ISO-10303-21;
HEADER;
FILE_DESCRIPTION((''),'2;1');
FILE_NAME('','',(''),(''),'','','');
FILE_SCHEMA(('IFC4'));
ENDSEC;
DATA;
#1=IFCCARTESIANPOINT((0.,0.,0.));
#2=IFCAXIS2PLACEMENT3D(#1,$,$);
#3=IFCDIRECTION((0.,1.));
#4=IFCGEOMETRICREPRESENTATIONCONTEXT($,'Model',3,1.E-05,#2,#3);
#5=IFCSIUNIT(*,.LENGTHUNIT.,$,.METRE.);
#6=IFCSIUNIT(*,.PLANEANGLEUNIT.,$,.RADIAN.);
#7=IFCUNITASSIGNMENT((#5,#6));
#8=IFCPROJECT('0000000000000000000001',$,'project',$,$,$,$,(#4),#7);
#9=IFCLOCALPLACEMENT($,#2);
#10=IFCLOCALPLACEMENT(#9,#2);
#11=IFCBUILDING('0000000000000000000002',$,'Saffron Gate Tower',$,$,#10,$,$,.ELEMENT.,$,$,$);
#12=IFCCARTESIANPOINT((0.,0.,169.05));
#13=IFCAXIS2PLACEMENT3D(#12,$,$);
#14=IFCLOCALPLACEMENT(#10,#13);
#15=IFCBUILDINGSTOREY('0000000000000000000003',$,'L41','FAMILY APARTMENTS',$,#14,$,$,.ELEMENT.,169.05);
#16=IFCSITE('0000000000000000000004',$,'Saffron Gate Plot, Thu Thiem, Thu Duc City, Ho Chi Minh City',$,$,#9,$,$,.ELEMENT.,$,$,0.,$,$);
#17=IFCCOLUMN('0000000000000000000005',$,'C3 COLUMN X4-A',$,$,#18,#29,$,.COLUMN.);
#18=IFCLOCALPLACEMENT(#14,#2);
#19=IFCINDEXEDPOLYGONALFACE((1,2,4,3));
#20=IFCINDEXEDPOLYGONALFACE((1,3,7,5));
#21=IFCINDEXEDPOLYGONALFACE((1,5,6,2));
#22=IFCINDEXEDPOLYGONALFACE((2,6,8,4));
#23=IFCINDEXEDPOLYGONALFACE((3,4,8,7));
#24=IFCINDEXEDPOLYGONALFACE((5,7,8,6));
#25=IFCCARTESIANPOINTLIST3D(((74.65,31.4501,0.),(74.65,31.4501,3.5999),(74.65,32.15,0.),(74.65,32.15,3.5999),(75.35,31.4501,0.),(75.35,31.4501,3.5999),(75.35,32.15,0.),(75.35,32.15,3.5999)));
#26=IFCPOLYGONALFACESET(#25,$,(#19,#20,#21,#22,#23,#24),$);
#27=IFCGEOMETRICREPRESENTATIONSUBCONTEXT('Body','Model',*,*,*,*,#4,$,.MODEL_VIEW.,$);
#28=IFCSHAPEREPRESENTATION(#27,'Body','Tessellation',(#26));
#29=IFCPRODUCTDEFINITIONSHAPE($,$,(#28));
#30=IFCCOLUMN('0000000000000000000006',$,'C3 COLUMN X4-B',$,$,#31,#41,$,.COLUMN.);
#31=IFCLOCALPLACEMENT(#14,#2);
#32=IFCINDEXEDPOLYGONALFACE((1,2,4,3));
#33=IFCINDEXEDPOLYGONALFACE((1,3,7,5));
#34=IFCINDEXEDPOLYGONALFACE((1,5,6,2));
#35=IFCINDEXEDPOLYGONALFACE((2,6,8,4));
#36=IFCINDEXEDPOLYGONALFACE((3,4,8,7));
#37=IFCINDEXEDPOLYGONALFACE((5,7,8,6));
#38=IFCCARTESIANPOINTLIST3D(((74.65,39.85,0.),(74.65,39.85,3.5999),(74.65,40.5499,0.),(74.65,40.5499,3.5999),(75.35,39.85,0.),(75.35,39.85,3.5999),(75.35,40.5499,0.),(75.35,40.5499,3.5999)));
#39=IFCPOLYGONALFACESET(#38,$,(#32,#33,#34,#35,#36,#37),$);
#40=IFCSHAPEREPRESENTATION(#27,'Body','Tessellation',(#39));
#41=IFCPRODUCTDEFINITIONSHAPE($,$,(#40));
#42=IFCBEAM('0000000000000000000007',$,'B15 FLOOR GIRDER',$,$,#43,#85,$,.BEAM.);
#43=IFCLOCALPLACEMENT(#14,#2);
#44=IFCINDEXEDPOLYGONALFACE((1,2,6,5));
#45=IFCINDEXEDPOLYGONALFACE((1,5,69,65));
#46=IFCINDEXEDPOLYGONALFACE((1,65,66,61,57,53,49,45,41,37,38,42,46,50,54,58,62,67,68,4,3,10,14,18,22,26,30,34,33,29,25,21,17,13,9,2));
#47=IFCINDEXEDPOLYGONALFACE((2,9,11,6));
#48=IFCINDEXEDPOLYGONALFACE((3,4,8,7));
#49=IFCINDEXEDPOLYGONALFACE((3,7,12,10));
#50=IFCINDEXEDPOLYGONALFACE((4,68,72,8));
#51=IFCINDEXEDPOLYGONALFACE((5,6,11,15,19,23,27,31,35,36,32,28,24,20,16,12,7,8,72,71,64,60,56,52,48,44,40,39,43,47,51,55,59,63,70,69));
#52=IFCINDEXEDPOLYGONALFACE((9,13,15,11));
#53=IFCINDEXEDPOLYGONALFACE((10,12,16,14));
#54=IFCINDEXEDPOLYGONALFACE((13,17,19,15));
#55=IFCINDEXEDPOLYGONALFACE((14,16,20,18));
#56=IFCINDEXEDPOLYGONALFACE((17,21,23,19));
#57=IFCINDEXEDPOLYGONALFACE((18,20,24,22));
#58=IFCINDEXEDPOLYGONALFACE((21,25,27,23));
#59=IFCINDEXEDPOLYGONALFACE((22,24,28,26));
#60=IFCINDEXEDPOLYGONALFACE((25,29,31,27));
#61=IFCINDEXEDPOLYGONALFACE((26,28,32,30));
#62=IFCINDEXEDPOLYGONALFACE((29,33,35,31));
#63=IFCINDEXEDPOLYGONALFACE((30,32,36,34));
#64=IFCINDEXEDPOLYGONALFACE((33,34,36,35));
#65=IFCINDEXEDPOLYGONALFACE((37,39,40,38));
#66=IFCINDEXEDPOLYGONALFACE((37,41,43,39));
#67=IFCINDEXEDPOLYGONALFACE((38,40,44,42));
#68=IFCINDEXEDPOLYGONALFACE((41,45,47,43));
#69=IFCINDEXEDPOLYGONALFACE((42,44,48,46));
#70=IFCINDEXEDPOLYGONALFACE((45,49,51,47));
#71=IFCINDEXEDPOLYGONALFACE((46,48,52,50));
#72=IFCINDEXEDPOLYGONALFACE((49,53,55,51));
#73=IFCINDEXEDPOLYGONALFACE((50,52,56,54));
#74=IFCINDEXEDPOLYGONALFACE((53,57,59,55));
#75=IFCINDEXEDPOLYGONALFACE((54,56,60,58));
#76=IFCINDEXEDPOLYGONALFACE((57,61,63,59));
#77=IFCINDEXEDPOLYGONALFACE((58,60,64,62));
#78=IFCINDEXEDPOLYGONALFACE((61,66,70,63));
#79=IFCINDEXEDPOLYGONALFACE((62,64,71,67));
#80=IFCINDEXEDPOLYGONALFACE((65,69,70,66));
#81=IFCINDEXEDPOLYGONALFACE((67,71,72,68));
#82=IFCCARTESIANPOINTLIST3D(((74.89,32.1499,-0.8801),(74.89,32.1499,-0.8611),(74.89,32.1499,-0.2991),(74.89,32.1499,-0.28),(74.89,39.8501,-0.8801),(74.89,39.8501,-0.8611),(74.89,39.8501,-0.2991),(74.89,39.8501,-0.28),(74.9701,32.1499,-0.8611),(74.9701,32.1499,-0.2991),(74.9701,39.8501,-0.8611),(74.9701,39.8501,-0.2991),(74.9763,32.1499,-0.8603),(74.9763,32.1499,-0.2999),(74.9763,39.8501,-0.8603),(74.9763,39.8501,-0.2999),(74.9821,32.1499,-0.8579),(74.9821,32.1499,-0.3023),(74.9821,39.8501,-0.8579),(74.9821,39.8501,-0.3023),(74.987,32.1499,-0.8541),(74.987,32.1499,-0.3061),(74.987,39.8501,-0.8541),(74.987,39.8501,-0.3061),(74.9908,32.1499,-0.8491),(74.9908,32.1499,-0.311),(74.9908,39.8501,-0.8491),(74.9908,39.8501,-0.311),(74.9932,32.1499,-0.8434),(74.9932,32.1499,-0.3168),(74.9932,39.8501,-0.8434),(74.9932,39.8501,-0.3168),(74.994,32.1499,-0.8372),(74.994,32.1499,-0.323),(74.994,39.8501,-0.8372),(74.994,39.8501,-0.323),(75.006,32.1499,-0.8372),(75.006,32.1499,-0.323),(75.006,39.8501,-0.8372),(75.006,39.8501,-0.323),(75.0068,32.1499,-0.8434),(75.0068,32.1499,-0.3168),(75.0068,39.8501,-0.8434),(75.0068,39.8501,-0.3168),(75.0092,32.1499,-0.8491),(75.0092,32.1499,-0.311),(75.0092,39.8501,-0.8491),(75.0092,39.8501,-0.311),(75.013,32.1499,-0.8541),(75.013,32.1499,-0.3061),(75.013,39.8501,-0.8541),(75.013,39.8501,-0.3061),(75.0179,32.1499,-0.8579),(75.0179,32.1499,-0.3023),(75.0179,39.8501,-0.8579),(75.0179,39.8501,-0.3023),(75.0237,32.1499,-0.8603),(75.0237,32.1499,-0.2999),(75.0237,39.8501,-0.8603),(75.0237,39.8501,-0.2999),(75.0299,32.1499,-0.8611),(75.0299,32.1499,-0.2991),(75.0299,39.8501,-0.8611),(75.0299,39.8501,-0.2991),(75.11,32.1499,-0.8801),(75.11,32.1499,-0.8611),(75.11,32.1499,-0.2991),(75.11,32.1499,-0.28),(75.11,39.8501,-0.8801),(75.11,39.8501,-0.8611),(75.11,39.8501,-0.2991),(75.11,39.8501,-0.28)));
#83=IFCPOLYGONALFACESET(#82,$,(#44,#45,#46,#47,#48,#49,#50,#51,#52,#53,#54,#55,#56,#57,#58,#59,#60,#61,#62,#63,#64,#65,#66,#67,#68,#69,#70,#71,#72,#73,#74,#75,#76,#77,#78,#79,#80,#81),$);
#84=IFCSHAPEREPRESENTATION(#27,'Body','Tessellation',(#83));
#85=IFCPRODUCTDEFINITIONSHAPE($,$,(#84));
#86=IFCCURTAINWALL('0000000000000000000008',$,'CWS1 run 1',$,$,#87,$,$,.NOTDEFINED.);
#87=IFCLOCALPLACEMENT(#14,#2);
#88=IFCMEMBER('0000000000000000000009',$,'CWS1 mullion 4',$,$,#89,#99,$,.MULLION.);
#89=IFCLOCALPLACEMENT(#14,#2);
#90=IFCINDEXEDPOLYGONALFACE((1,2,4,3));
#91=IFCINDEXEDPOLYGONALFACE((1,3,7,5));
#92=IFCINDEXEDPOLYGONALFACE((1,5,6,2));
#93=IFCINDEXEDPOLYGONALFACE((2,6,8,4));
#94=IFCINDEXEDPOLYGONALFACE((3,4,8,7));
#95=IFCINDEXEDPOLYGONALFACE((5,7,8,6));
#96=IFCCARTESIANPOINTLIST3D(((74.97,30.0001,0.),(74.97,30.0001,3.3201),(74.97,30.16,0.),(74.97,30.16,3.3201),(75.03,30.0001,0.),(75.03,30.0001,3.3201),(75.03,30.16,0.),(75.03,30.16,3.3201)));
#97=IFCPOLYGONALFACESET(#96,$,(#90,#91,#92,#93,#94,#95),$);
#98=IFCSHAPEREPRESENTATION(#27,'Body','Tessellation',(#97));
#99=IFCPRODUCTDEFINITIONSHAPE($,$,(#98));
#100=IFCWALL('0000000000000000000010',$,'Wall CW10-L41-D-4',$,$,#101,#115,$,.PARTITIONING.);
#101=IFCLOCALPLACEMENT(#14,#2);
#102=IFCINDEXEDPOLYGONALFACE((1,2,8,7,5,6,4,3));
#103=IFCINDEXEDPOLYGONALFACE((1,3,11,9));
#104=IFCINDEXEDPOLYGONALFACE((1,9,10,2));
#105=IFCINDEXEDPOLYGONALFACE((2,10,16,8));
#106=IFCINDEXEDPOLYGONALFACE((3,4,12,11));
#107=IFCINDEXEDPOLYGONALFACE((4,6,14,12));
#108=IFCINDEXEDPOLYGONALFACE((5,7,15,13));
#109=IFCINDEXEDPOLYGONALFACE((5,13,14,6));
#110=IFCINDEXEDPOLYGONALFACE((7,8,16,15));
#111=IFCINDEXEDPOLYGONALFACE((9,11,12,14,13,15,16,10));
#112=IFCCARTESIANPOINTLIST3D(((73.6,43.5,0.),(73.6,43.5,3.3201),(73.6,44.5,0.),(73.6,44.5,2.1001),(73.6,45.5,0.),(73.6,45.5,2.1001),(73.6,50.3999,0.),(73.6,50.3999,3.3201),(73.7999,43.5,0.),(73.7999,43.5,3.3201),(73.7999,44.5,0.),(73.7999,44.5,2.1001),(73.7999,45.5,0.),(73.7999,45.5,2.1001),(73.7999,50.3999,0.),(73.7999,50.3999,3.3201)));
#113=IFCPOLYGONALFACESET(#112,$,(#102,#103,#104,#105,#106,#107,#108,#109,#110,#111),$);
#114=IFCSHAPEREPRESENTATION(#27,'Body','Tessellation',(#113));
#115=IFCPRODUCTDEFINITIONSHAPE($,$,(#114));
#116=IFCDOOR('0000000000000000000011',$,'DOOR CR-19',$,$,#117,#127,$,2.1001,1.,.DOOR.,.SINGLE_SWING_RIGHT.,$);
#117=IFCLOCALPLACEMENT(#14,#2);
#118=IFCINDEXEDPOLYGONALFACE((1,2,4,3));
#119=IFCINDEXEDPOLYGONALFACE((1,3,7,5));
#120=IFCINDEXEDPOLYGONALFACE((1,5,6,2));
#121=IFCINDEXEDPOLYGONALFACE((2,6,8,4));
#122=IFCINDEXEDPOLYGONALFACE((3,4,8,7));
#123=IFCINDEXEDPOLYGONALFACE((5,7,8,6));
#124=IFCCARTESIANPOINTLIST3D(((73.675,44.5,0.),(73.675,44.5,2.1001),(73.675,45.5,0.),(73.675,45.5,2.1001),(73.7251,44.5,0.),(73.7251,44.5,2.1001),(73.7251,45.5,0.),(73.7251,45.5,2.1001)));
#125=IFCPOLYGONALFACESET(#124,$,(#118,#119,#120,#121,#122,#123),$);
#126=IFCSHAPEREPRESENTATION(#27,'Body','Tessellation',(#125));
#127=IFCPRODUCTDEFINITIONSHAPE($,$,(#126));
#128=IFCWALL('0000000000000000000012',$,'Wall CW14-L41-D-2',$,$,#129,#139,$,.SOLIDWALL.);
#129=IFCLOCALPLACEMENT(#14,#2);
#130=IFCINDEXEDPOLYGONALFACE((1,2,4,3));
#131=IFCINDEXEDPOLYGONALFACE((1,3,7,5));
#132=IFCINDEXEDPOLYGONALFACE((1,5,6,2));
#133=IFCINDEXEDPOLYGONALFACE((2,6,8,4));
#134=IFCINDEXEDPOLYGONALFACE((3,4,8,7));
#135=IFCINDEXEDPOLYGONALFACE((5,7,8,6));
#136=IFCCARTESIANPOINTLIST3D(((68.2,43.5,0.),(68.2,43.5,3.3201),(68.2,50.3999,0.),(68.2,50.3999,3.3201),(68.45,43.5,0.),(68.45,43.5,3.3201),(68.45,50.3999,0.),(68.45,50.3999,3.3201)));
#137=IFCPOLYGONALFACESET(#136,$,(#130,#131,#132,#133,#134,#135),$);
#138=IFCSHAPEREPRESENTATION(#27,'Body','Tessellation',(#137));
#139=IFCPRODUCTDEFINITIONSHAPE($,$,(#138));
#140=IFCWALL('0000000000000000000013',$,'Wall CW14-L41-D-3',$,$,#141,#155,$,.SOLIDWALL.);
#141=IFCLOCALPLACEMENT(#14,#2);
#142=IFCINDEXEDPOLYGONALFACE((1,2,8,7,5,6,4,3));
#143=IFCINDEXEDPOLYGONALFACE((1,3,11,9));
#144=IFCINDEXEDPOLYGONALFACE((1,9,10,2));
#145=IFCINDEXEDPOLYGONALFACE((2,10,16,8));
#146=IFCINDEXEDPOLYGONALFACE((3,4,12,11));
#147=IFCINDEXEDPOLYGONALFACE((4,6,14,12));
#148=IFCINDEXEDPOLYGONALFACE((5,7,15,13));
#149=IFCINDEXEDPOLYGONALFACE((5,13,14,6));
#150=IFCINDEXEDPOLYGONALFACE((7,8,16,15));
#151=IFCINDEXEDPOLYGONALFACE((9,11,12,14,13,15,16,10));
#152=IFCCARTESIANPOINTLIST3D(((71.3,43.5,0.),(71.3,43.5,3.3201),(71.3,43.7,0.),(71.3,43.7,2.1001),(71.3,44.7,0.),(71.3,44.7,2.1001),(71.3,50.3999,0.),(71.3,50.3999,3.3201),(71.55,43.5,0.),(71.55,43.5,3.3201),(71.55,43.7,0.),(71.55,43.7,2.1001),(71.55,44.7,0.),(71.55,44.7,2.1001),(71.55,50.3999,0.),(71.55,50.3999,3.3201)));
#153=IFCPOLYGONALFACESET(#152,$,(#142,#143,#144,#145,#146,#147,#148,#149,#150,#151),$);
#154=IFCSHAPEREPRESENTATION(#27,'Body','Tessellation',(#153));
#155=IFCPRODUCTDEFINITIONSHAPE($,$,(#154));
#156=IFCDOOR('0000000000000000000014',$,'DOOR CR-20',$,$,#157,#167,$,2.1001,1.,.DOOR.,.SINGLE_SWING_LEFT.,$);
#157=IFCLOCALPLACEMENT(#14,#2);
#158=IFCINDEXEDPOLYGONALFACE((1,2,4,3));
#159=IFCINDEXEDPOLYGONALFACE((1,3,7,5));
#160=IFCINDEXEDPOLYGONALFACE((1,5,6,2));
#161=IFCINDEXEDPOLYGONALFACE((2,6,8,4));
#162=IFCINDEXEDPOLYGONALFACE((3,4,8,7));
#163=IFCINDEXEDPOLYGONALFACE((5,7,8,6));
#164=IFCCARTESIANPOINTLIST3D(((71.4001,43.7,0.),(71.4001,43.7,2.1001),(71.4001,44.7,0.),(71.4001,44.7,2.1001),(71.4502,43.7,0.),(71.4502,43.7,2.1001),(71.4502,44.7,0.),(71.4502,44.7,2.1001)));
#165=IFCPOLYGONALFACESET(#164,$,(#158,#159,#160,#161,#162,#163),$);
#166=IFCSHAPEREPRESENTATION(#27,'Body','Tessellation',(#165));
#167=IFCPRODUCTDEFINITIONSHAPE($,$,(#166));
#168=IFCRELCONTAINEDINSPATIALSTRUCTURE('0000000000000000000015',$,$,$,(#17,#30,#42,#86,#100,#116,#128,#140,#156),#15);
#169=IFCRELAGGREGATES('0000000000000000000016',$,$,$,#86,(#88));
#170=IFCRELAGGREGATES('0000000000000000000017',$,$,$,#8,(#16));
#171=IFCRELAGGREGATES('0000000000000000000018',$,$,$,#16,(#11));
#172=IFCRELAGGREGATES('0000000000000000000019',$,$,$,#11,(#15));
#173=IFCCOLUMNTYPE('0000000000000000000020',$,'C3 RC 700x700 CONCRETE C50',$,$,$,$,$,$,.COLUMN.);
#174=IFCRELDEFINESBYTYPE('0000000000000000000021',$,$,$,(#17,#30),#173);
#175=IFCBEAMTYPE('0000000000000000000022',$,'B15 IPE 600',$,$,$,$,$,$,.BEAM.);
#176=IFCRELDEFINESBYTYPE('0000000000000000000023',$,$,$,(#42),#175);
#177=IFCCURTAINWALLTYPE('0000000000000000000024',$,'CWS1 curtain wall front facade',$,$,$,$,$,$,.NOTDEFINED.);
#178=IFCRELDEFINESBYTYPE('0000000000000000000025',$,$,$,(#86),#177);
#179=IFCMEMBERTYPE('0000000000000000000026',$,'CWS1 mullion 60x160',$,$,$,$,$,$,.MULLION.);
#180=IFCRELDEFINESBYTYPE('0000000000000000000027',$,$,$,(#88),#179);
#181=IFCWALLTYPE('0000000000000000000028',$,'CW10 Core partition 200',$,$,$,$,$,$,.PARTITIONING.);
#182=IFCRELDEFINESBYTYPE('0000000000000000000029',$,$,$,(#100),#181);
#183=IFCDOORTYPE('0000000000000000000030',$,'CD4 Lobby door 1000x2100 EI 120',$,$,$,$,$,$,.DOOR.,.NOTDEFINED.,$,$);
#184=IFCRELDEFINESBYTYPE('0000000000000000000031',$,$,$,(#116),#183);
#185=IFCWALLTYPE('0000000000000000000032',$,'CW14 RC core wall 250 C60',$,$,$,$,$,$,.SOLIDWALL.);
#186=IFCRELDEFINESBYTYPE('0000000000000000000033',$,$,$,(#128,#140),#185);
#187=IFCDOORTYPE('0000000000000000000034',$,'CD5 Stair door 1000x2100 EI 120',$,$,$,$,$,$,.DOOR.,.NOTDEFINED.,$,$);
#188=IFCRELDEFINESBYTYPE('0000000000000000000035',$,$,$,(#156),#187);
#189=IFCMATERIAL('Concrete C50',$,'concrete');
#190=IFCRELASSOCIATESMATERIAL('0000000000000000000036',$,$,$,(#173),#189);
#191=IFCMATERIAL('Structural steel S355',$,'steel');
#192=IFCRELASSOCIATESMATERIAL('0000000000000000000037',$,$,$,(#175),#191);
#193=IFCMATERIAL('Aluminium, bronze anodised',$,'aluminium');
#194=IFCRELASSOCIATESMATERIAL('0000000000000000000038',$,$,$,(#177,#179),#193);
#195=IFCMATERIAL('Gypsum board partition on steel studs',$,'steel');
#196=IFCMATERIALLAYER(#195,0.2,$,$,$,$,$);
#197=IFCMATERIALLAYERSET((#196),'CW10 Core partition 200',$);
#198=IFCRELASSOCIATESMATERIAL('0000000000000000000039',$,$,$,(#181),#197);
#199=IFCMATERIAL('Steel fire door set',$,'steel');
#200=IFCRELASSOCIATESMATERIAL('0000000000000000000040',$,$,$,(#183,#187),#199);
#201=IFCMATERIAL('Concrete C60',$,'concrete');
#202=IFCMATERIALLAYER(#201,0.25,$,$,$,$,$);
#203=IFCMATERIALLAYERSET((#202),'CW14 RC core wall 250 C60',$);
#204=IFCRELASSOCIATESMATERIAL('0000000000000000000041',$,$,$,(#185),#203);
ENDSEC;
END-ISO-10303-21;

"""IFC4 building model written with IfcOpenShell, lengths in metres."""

from ifc_helpers import new_model, si_unit, direction, frame, frame_2d, origin, origin_2d, place, context, subcontext, project, spatial, rectangle, i_section, extrude, material, layer, layer_set, material_profile, profile_set, type_object, element, fill, aggregate, save


model = new_model("IFC4")

# Units and contexts
model_context = context("Model", 3, precision=1e-05, world=origin(), true_north=direction((0.0, 1.0)))
body_context = subcontext(model_context, "Body", "Model", "MODEL_VIEW")
ifc_project = project(units=[si_unit("LENGTHUNIT", "METRE"), si_unit("PLANEANGLEUNIT", "RADIAN")], contexts=[model_context])

# Site, building, storey
site_placement = place(None, origin())
site = spatial("IfcSite", under=ifc_project, at=site_placement, Name="Saffron Gate Plot, Thu Thiem, Thu Duc City, Ho Chi Minh City", CompositionType="ELEMENT", RefElevation=0.0)
building_placement = place(site_placement, origin())
building = spatial("IfcBuilding", under=site, at=building_placement, Name="Saffron Gate Tower", CompositionType="ELEMENT")
storey_placement = place(building_placement, frame((0.0, 0.0, 169.05)))
storey = spatial("IfcBuildingStorey", under=building, at=storey_placement, Name="L41", Description="FAMILY APARTMENTS", CompositionType="ELEMENT", Elevation=169.05)

# Columns
ifc_material_1 = material(Name="Concrete C50", Category="concrete")
ifc_material_profile_1 = material_profile(ifc_material_1, rectangle(XDim=0.7, YDim=0.7, at=origin_2d()))
ifc_profile_set_1 = profile_set([ifc_material_profile_1], Name="Concrete C50")
column_type = type_object("IfcColumnType", Name="C3 RC 700x700 CONCRETE C50", PredefinedType="COLUMN", material=ifc_profile_set_1)
for number, where, z_axis, x_axis, name in (
    (1, (75.0, 31.8, 0.0), (0.0, 0.0, 1.0), (1.0, 0.0, 0.0), "C3 COLUMN X4-A"),
    (2, (75.0, 40.2, 0.0), (0.0, 0.0, 1.0), (1.0, 0.0, 0.0), "C3 COLUMN X4-B"),
):
    element("IfcColumn", number, at=place(storey_placement, frame(where, z_axis=z_axis, x_axis=x_axis)), inside=storey, type_object=column_type, Name=name, PredefinedType="COLUMN", context=body_context, shape_type="SweptSolid", body=[
        extrude(rectangle(XDim=0.7, YDim=0.7, at=origin_2d()), origin(), (0.0, 0.0, 1.0), 3.5999),
    ])

# Beam
ifc_material_2 = material(Name="Structural steel S355", Category="steel")
ifc_material_profile_2 = material_profile(ifc_material_2, i_section(OverallWidth=0.22, OverallDepth=0.6001, WebThickness=0.012, FlangeThickness=0.019, FilletRadius=0.0239, at=origin_2d()))
ifc_profile_set_2 = profile_set([ifc_material_profile_2], Name="Structural steel S355")
beam_type = type_object("IfcBeamType", Name="B15 IPE 600", PredefinedType="BEAM", material=ifc_profile_set_2)
beam_placement = place(storey_placement, frame((75.0, 32.1499, -0.5801), z_axis=(0.0, 1.0, 0.0), x_axis=(-1.0, 0.0, 0.0)))
element("IfcBeam", 3, at=beam_placement, inside=storey, type_object=beam_type, Name="B15 FLOOR GIRDER", PredefinedType="BEAM", context=body_context, shape_type="SweptSolid", body=[
    extrude(i_section(OverallWidth=0.22, OverallDepth=0.6001, WebThickness=0.012, FlangeThickness=0.019, FilletRadius=0.0239, at=origin_2d()), origin(), (0.0, 0.0, 1.0), 7.7002),
])

# Curtain wall, member
ifc_material_3 = material(Name="Aluminium, bronze anodised", Category="aluminium")
curtain_wall_type = type_object("IfcCurtainWallType", Name="CWS1 curtain wall front facade", PredefinedType="NOTDEFINED", material=ifc_material_3)
curtain_wall_placement = place(storey_placement, origin())
curtain_wall = element("IfcCurtainWall", 4, at=curtain_wall_placement, inside=storey, type_object=curtain_wall_type, Name="CWS1 run 1", PredefinedType="NOTDEFINED")
ifc_material_profile_3 = material_profile(ifc_material_3, rectangle(XDim=0.1599, YDim=0.0601, at=origin_2d()))
ifc_profile_set_3 = profile_set([ifc_material_profile_3], Name="Aluminium, bronze anodised")
member_type = type_object("IfcMemberType", Name="CWS1 mullion 60x160", PredefinedType="MULLION", material=ifc_profile_set_3)
member_placement = place(storey_placement, frame((75.0, 30.0801, 0.0), z_axis=(0.0, 0.0, 1.0), x_axis=(0.0, 1.0, 0.0)))
member = element("IfcMember", 5, at=member_placement, type_object=member_type, Name="CWS1 mullion 4", PredefinedType="MULLION", context=body_context, shape_type="SweptSolid", body=[
    extrude(rectangle(XDim=0.1599, YDim=0.0601, at=origin_2d()), origin(), (0.0, 0.0, 1.0), 3.3201),
])
aggregate(curtain_wall, [member])

# Wall, opening, door
ifc_material_4 = material(Name="Gypsum board partition on steel studs", Category="steel")
ifc_layer_1 = layer(ifc_material_4, 0.2)
ifc_layer_set_1 = layer_set([ifc_layer_1], Name="CW10 Core partition 200")
wall_type_1 = type_object("IfcWallType", Name="CW10 Core partition 200", PredefinedType="PARTITIONING", material=ifc_layer_set_1)
wall_1_placement = place(storey_placement, frame((73.7, 43.5, 0.0), z_axis=(0.0, 0.0, 1.0), x_axis=(0.0, 1.0, 0.0)))
wall_1 = element("IfcWall", 6, at=wall_1_placement, inside=storey, type_object=wall_type_1, Name="Wall CW10-L41-D-4", PredefinedType="PARTITIONING", context=body_context, shape_type="SweptSolid", body=[
    extrude(rectangle(XDim=6.8999, YDim=0.2, at=frame_2d((3.45, 0.0))), origin(), (0.0, 0.0, 1.0), 3.3201),
])
opening_1_placement = place(wall_1_placement, frame((1.0, 0.0, 0.0)))
opening_1 = element("IfcOpeningElement", 7, at=opening_1_placement, cuts=wall_1, PredefinedType="OPENING", context=body_context, shape_type="SweptSolid", body=[
    extrude(rectangle(XDim=1.0, YDim=2.1001, at=frame_2d((0.5, 1.05))), frame((0.0, 0.1099, 0.0), z_axis=(0.0, -1.0, 0.0), x_axis=(1.0, 0.0, 0.0)), (0.0, 0.0, 1.0), 0.22),
])
ifc_material_5 = material(Name="Steel fire door set", Category="steel")
door_type_1 = type_object("IfcDoorType", Name="CD4 Lobby door 1000x2100 EI 120", OperationType="NOTDEFINED", PredefinedType="DOOR", material=ifc_material_5)
door_1_placement = place(opening_1_placement, origin())
door_1 = element("IfcDoor", 8, at=door_1_placement, inside=storey, type_object=door_type_1, Name="DOOR CR-19", OperationType="SINGLE_SWING_RIGHT", OverallHeight=2.1001, OverallWidth=1.0, PredefinedType="DOOR", context=body_context, shape_type="SweptSolid", body=[
    extrude(rectangle(XDim=1.0, YDim=2.1001, at=frame_2d((0.5, 1.05))), frame((0.0, 0.0249, 0.0), z_axis=(0.0, -1.0, 0.0), x_axis=(1.0, 0.0, 0.0)), (0.0, 0.0, 1.0), 0.05),
])
fill(opening_1, door_1)

# Wall
ifc_material_6 = material(Name="Concrete C60", Category="concrete")
ifc_layer_2 = layer(ifc_material_6, 0.25)
ifc_layer_set_2 = layer_set([ifc_layer_2], Name="CW14 RC core wall 250 C60")
wall_type_2 = type_object("IfcWallType", Name="CW14 RC core wall 250 C60", PredefinedType="SOLIDWALL", material=ifc_layer_set_2)
wall_2_placement = place(storey_placement, frame((68.325, 43.5, 0.0), z_axis=(0.0, 0.0, 1.0), x_axis=(0.0, 1.0, 0.0)))
element("IfcWall", 9, at=wall_2_placement, inside=storey, type_object=wall_type_2, Name="Wall CW14-L41-D-2", PredefinedType="SOLIDWALL", context=body_context, shape_type="SweptSolid", body=[
    extrude(rectangle(XDim=6.8999, YDim=0.25, at=frame_2d((3.45, 0.0))), origin(), (0.0, 0.0, 1.0), 3.3201),
])

# Wall, opening, door
wall_3_placement = place(storey_placement, frame((71.425, 43.5, 0.0), z_axis=(0.0, 0.0, 1.0), x_axis=(0.0, 1.0, 0.0)))
wall_3 = element("IfcWall", 10, at=wall_3_placement, inside=storey, type_object=wall_type_2, Name="Wall CW14-L41-D-3", PredefinedType="SOLIDWALL", context=body_context, shape_type="SweptSolid", body=[
    extrude(rectangle(XDim=6.8999, YDim=0.25, at=frame_2d((3.45, 0.0))), origin(), (0.0, 0.0, 1.0), 3.3201),
])
opening_2_placement = place(wall_3_placement, frame((0.2, 0.0, 0.0)))
opening_2 = element("IfcOpeningElement", 11, at=opening_2_placement, cuts=wall_3, PredefinedType="OPENING", context=body_context, shape_type="SweptSolid", body=[
    extrude(rectangle(XDim=1.0, YDim=2.1001, at=frame_2d((0.5, 1.05))), frame((0.0, 0.135, 0.0), z_axis=(0.0, -1.0, 0.0), x_axis=(1.0, 0.0, 0.0)), (0.0, 0.0, 1.0), 0.27),
])
door_type_2 = type_object("IfcDoorType", Name="CD5 Stair door 1000x2100 EI 120", OperationType="NOTDEFINED", PredefinedType="DOOR", material=ifc_material_5)
door_2_placement = place(opening_2_placement, origin())
door_2 = element("IfcDoor", 12, at=door_2_placement, inside=storey, type_object=door_type_2, Name="DOOR CR-20", OperationType="SINGLE_SWING_LEFT", OverallHeight=2.1001, OverallWidth=1.0, PredefinedType="DOOR", context=body_context, shape_type="SweptSolid", body=[
    extrude(rectangle(XDim=1.0, YDim=2.1001, at=frame_2d((0.5, 1.05))), frame((0.0, 0.0249, 0.0), z_axis=(0.0, -1.0, 0.0), x_axis=(1.0, 0.0, 0.0)), (0.0, 0.0, 1.0), 0.05),
])
fill(opening_2, door_2)

save(model, "model.ifc")
